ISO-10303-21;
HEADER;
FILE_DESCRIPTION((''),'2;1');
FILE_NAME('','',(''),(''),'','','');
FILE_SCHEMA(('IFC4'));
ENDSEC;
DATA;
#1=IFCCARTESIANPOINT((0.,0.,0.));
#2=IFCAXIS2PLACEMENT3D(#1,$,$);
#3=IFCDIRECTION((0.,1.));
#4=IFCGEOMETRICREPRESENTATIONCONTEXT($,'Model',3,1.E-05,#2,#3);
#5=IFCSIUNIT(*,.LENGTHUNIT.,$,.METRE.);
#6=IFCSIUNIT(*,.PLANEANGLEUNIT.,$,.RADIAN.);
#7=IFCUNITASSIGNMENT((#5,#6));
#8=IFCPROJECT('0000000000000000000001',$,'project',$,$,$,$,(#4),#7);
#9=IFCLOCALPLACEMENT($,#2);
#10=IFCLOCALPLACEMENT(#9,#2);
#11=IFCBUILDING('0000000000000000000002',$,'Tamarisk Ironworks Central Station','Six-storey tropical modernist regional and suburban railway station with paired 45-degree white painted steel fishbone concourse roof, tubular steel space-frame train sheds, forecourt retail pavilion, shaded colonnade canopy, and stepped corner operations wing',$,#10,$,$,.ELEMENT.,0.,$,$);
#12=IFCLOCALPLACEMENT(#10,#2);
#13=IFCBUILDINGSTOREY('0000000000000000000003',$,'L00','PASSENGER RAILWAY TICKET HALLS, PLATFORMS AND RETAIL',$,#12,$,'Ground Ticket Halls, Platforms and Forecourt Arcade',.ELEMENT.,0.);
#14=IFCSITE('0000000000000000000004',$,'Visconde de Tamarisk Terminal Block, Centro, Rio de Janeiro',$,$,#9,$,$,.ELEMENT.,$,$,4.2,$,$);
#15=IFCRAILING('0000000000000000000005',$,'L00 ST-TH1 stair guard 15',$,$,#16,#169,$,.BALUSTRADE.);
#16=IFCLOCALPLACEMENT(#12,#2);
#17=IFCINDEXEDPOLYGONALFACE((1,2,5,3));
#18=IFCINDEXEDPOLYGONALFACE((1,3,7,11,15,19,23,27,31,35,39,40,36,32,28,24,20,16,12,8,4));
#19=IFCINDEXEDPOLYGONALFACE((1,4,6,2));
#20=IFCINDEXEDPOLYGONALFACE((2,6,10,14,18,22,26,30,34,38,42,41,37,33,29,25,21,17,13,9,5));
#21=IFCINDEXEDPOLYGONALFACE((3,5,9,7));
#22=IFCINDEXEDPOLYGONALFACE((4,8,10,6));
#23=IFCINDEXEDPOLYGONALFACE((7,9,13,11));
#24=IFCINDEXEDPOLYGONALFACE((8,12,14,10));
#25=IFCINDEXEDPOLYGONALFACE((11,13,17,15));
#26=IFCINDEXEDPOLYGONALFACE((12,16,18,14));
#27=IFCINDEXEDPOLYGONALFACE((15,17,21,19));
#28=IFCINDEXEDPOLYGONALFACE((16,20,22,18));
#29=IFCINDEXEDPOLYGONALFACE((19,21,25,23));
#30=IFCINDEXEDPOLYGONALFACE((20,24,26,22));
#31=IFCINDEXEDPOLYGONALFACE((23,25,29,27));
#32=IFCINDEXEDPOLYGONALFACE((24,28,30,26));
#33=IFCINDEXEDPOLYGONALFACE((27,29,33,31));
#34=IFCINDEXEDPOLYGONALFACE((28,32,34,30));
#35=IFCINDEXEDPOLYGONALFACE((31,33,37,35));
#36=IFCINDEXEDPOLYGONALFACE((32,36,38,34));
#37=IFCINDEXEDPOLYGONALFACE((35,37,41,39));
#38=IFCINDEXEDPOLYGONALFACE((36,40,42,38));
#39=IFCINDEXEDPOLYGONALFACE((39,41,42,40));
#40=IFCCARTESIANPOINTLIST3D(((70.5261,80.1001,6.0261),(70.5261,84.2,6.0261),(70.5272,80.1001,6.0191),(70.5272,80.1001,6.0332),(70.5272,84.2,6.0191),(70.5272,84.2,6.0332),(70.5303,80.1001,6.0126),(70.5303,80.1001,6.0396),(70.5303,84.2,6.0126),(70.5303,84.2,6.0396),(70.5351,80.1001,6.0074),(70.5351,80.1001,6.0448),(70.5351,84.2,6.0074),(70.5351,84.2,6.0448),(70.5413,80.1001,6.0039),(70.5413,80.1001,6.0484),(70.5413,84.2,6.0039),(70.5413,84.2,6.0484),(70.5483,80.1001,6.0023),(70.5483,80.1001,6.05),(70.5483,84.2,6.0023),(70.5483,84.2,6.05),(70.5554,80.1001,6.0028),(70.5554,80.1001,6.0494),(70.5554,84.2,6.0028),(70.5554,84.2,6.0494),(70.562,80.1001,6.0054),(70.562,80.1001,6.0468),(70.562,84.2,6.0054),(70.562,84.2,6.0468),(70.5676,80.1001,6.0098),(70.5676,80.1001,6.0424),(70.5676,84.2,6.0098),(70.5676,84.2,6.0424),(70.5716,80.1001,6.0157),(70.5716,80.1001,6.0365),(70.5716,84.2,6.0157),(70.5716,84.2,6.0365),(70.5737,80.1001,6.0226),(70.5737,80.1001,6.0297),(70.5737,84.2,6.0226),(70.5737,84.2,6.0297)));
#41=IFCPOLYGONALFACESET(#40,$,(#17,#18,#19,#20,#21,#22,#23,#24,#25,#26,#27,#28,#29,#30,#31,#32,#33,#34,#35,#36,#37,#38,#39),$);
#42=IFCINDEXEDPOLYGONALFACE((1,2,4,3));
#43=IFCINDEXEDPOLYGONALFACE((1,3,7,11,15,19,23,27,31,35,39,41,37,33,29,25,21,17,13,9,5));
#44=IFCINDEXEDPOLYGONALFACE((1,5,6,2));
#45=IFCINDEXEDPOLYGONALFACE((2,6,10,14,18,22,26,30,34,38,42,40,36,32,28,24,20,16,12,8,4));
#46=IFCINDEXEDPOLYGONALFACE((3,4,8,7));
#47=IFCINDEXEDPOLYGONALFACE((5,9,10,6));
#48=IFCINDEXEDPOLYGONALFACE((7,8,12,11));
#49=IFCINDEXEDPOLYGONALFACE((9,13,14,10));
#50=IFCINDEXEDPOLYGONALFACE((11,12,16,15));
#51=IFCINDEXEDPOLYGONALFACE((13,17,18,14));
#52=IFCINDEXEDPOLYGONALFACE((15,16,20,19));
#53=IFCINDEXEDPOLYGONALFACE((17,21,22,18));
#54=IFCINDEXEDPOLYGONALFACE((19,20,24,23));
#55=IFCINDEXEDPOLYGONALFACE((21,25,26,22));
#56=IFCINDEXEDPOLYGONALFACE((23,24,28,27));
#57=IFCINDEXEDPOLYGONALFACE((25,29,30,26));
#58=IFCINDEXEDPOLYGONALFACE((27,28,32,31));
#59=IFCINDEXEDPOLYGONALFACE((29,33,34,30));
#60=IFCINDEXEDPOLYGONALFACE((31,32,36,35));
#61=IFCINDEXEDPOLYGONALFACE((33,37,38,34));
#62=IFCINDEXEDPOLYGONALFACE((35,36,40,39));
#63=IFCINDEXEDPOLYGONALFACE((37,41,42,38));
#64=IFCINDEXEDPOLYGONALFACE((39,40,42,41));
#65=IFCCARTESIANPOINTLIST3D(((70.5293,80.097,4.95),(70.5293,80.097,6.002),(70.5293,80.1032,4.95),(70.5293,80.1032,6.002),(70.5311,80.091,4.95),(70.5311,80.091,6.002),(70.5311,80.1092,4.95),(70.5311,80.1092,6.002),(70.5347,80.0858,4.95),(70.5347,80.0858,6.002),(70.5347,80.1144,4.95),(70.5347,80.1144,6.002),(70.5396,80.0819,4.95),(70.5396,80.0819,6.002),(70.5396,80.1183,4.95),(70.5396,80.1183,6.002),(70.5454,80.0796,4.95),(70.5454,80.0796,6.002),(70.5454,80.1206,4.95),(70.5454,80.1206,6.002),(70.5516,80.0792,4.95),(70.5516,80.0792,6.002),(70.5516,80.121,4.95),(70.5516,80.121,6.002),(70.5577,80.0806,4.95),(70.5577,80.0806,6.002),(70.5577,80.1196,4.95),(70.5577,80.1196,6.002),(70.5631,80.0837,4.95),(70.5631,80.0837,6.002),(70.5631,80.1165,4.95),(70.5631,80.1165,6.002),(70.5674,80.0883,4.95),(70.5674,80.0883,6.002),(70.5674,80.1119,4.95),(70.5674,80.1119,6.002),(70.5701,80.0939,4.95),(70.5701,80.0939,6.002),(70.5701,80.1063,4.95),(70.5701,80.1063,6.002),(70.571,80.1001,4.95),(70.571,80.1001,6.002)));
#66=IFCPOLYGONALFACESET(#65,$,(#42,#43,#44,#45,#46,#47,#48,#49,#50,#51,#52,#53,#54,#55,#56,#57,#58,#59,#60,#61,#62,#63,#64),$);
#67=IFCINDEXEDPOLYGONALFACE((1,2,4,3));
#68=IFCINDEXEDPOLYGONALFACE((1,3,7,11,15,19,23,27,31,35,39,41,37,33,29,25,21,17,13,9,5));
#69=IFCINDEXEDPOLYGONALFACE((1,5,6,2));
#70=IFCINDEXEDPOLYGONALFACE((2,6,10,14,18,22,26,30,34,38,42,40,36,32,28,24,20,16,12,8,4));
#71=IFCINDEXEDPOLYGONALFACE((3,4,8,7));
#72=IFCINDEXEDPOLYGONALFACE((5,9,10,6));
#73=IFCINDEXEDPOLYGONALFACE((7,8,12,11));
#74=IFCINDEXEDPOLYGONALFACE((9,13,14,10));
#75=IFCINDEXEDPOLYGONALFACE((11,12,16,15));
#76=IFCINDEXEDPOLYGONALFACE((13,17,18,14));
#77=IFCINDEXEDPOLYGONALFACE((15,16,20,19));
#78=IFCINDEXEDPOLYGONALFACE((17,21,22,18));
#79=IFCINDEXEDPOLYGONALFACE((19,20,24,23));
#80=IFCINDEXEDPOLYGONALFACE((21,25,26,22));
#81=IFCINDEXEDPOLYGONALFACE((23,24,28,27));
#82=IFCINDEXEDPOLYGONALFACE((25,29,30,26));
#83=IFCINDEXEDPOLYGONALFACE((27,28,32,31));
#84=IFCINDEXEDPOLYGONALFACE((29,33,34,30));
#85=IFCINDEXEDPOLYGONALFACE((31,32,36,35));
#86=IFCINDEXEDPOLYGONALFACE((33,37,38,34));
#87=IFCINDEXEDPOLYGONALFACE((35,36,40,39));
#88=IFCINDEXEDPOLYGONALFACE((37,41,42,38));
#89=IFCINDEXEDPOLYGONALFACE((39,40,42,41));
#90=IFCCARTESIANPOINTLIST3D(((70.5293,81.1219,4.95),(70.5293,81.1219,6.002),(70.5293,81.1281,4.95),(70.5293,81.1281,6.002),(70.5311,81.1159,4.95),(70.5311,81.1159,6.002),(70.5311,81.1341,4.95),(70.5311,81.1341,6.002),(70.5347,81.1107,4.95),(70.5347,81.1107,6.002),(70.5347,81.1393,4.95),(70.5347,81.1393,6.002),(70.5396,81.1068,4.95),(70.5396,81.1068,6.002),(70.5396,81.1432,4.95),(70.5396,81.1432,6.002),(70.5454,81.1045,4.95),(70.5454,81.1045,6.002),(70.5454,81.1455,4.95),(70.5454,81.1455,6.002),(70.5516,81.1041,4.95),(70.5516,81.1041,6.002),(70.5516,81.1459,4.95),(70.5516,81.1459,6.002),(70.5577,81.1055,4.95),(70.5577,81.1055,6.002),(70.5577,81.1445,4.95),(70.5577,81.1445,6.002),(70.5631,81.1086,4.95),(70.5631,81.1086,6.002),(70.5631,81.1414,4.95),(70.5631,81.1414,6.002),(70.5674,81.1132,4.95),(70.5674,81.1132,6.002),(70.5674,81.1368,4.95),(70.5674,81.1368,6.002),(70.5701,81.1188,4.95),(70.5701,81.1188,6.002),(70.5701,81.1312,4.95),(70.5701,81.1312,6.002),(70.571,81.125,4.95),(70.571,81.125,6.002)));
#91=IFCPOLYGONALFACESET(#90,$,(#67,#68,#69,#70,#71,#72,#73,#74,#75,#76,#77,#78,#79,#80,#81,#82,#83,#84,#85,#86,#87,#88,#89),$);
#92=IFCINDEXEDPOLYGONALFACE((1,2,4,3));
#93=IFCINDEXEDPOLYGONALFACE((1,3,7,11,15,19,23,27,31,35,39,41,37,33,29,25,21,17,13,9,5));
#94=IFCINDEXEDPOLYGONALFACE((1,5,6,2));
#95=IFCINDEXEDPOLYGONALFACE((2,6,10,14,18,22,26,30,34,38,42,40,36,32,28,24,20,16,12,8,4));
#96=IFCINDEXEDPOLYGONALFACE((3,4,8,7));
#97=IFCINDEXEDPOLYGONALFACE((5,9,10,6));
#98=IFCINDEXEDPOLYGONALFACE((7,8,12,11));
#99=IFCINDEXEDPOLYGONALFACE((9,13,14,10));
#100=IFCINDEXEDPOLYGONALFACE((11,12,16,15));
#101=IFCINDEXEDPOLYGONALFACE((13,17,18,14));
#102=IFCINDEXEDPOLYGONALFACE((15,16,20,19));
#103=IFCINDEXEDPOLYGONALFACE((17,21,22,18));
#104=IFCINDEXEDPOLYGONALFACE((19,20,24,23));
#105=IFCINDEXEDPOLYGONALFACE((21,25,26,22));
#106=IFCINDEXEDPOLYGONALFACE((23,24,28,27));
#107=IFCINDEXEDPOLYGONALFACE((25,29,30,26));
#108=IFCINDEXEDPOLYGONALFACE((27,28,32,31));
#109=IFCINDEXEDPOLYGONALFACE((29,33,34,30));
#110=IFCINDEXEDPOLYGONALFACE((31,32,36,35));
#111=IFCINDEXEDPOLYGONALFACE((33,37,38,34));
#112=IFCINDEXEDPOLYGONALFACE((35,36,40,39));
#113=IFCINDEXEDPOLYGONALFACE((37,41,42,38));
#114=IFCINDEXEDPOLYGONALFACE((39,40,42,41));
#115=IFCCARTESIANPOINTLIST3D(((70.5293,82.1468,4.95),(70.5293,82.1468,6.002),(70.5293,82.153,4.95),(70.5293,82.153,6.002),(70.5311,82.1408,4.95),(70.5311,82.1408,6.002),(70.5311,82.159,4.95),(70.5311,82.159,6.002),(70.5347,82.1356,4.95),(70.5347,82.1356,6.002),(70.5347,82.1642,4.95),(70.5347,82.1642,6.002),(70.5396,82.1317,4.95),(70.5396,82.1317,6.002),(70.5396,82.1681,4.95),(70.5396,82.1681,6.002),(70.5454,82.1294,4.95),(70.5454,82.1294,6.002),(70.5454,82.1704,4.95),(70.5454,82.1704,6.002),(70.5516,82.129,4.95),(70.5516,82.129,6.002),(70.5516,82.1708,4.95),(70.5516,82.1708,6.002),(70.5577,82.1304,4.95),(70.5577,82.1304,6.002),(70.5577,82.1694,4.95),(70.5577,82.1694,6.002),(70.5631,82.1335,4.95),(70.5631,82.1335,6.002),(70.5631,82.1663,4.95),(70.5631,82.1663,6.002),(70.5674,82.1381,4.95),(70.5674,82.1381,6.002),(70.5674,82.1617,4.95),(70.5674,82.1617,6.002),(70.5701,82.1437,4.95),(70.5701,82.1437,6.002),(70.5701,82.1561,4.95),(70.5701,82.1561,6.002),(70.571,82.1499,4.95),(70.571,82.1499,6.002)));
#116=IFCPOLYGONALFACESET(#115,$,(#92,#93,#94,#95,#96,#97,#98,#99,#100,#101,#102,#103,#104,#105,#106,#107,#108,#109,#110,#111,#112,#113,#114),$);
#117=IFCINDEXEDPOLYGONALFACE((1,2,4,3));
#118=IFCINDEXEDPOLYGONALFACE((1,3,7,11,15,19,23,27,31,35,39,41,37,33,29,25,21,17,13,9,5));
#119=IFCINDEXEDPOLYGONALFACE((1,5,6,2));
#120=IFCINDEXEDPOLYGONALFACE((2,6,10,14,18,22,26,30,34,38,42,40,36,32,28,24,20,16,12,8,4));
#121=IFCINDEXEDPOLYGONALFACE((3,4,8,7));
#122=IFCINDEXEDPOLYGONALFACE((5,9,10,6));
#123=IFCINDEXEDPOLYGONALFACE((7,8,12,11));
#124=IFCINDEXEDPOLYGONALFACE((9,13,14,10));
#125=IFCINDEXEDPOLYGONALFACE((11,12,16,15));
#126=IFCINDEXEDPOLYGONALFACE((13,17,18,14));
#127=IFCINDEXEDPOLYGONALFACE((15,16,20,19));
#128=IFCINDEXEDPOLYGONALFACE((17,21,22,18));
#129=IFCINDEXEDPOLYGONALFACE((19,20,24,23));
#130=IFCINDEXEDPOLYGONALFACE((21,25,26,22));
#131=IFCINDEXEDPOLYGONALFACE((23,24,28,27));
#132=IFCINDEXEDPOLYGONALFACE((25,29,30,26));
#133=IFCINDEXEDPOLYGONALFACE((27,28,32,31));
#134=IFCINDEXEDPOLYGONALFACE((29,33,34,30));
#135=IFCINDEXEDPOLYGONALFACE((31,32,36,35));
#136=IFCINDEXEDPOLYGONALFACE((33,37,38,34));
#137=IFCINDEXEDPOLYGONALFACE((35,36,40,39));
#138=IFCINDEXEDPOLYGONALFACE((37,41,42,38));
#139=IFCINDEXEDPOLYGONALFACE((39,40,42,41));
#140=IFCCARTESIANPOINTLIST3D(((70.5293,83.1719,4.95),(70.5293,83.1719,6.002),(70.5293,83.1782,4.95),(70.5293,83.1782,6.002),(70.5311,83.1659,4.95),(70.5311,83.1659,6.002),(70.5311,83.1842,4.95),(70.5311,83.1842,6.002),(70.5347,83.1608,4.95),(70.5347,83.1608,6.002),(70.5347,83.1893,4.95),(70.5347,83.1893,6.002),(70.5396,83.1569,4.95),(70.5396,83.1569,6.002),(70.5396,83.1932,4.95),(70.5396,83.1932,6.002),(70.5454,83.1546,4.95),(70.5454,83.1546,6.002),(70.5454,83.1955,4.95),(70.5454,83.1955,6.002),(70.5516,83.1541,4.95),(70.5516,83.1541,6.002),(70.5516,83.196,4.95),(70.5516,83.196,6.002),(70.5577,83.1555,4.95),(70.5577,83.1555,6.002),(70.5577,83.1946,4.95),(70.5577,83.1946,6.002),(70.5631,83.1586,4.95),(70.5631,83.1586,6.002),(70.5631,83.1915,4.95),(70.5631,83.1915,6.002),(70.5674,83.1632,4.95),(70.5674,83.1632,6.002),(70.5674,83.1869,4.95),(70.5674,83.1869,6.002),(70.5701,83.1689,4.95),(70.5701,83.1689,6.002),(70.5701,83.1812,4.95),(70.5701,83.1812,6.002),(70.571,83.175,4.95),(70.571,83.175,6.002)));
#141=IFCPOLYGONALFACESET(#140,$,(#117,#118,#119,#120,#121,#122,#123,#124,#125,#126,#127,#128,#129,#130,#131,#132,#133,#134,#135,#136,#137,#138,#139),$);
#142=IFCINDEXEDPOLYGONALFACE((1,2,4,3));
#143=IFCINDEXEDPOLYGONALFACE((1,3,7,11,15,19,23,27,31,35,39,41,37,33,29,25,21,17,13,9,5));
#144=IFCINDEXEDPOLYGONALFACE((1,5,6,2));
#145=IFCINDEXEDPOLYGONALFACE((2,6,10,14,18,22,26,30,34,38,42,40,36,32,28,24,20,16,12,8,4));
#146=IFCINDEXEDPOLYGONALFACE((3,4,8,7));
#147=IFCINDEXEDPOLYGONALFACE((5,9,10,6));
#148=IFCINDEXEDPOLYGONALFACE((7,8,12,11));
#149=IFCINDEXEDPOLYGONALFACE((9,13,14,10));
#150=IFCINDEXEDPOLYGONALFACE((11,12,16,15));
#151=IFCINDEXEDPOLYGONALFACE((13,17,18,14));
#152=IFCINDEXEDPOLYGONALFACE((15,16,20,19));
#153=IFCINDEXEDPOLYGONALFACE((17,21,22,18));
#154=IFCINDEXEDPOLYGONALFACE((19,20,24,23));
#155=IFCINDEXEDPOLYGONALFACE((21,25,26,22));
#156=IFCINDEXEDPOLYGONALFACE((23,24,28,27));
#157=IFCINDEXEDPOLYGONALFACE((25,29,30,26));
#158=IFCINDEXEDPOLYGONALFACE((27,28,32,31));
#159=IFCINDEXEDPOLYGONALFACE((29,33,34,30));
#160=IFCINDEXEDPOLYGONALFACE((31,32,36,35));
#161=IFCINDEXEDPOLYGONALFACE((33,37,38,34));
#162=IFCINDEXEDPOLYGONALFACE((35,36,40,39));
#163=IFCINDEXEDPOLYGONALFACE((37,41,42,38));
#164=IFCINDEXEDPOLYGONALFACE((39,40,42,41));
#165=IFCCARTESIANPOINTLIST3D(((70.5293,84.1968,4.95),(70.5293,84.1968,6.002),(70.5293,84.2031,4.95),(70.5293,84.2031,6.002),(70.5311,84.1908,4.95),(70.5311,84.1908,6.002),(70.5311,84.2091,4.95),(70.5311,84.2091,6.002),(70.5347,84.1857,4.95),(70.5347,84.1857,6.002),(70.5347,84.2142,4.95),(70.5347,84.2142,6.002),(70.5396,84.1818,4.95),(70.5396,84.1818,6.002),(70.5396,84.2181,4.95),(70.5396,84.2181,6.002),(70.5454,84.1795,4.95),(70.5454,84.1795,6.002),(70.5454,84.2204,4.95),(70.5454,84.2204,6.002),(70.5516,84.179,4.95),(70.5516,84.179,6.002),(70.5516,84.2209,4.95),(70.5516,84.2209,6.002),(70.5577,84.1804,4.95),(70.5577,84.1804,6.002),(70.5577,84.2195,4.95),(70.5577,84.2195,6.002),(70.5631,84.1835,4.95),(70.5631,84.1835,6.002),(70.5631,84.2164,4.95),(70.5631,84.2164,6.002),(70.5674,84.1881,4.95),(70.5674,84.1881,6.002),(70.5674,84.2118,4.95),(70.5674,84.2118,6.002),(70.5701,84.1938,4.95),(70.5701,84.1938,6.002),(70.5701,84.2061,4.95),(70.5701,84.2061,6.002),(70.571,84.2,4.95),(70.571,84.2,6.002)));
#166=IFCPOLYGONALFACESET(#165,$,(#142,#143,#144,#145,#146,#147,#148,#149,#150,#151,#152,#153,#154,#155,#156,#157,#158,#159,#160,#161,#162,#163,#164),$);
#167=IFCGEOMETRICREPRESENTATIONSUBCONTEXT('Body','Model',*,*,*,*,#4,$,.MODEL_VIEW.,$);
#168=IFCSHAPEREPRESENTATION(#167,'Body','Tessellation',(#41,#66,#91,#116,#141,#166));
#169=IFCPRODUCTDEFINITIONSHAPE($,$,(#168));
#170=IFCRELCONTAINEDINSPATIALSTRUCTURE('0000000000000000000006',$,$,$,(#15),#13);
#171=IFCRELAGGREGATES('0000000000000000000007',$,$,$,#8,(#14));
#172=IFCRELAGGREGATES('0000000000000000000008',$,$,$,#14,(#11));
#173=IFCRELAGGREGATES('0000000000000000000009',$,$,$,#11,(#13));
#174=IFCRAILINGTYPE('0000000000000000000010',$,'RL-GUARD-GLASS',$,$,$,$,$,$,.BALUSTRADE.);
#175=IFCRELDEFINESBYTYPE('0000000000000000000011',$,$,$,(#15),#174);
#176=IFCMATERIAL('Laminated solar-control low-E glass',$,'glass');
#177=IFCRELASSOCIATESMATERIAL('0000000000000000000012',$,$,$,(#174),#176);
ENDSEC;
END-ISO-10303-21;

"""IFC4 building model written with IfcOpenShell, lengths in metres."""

from ifc_helpers import new_model, si_unit, direction, frame, origin, origin_2d, place, context, subcontext, project, spatial, circle, extrude, material, type_object, element, save


model = new_model("IFC4")

# Units and contexts
model_context = context("Model", 3, precision=1e-05, world=origin(), true_north=direction((0.0, 1.0)))
body_context = subcontext(model_context, "Body", "Model", "MODEL_VIEW")
ifc_project = project(units=[si_unit("LENGTHUNIT", "METRE"), si_unit("PLANEANGLEUNIT", "RADIAN")], contexts=[model_context])

# Site, building, storey
site_placement = place(None, origin())
site = spatial("IfcSite", under=ifc_project, at=site_placement, Name="Visconde de Tamarisk Terminal Block, Centro, Rio de Janeiro", CompositionType="ELEMENT", RefElevation=4.2)
building_placement = place(site_placement, origin())
building = spatial("IfcBuilding", under=site, at=building_placement, Name="Tamarisk Ironworks Central Station", Description="Six-storey tropical modernist regional and suburban railway station with paired 45-degree white painted steel fishbone concourse roof, tubular steel space-frame train sheds, forecourt retail pavilion, shaded colonnade canopy, and stepped corner operations wing", CompositionType="ELEMENT", ElevationOfRefHeight=0.0)
storey_placement = place(building_placement, origin())
storey = spatial("IfcBuildingStorey", under=building, at=storey_placement, Name="L00", Description="PASSENGER RAILWAY TICKET HALLS, PLATFORMS AND RETAIL", LongName="Ground Ticket Halls, Platforms and Forecourt Arcade", CompositionType="ELEMENT", Elevation=0.0)

# Railing
ifc_material_1 = material(Name="Laminated solar-control low-E glass", Category="glass")
railing_type_1 = type_object("IfcRailingType", Name="RL-GUARD-GLASS", PredefinedType="BALUSTRADE", material=ifc_material_1)
railing_1_placement = place(storey_placement, frame((70.55, 80.1001, 4.95)))
element("IfcRailing", 1, at=railing_1_placement, inside=storey, type_object=railing_type_1, Name="L00 ST-TH1 stair guard 15", PredefinedType="BALUSTRADE", context=body_context, shape_type="SweptSolid", body=[
    extrude(circle(Radius=0.0239, at=origin_2d()), frame((0.0, 0.0, 1.0762), z_axis=(0.0, 1.0, 0.0), x_axis=(-1.0, 0.0, 0.0)), (0.0, 0.0, 1.0), 4.0999),
    extrude(circle(Radius=0.021, at=origin_2d()), origin(), (0.0, 0.0, 1.0), 1.052),
    extrude(circle(Radius=0.021, at=origin_2d()), frame((0.0, 1.0249, 0.0)), (0.0, 0.0, 1.0), 1.052),
    extrude(circle(Radius=0.021, at=origin_2d()), frame((0.0, 2.0498, 0.0)), (0.0, 0.0, 1.0), 1.052),
    extrude(circle(Radius=0.021, at=origin_2d()), frame((0.0, 3.075, 0.0)), (0.0, 0.0, 1.0), 1.052),
    extrude(circle(Radius=0.021, at=origin_2d()), frame((0.0, 4.0999, 0.0)), (0.0, 0.0, 1.0), 1.052),
])

save(model, "model.ifc")
